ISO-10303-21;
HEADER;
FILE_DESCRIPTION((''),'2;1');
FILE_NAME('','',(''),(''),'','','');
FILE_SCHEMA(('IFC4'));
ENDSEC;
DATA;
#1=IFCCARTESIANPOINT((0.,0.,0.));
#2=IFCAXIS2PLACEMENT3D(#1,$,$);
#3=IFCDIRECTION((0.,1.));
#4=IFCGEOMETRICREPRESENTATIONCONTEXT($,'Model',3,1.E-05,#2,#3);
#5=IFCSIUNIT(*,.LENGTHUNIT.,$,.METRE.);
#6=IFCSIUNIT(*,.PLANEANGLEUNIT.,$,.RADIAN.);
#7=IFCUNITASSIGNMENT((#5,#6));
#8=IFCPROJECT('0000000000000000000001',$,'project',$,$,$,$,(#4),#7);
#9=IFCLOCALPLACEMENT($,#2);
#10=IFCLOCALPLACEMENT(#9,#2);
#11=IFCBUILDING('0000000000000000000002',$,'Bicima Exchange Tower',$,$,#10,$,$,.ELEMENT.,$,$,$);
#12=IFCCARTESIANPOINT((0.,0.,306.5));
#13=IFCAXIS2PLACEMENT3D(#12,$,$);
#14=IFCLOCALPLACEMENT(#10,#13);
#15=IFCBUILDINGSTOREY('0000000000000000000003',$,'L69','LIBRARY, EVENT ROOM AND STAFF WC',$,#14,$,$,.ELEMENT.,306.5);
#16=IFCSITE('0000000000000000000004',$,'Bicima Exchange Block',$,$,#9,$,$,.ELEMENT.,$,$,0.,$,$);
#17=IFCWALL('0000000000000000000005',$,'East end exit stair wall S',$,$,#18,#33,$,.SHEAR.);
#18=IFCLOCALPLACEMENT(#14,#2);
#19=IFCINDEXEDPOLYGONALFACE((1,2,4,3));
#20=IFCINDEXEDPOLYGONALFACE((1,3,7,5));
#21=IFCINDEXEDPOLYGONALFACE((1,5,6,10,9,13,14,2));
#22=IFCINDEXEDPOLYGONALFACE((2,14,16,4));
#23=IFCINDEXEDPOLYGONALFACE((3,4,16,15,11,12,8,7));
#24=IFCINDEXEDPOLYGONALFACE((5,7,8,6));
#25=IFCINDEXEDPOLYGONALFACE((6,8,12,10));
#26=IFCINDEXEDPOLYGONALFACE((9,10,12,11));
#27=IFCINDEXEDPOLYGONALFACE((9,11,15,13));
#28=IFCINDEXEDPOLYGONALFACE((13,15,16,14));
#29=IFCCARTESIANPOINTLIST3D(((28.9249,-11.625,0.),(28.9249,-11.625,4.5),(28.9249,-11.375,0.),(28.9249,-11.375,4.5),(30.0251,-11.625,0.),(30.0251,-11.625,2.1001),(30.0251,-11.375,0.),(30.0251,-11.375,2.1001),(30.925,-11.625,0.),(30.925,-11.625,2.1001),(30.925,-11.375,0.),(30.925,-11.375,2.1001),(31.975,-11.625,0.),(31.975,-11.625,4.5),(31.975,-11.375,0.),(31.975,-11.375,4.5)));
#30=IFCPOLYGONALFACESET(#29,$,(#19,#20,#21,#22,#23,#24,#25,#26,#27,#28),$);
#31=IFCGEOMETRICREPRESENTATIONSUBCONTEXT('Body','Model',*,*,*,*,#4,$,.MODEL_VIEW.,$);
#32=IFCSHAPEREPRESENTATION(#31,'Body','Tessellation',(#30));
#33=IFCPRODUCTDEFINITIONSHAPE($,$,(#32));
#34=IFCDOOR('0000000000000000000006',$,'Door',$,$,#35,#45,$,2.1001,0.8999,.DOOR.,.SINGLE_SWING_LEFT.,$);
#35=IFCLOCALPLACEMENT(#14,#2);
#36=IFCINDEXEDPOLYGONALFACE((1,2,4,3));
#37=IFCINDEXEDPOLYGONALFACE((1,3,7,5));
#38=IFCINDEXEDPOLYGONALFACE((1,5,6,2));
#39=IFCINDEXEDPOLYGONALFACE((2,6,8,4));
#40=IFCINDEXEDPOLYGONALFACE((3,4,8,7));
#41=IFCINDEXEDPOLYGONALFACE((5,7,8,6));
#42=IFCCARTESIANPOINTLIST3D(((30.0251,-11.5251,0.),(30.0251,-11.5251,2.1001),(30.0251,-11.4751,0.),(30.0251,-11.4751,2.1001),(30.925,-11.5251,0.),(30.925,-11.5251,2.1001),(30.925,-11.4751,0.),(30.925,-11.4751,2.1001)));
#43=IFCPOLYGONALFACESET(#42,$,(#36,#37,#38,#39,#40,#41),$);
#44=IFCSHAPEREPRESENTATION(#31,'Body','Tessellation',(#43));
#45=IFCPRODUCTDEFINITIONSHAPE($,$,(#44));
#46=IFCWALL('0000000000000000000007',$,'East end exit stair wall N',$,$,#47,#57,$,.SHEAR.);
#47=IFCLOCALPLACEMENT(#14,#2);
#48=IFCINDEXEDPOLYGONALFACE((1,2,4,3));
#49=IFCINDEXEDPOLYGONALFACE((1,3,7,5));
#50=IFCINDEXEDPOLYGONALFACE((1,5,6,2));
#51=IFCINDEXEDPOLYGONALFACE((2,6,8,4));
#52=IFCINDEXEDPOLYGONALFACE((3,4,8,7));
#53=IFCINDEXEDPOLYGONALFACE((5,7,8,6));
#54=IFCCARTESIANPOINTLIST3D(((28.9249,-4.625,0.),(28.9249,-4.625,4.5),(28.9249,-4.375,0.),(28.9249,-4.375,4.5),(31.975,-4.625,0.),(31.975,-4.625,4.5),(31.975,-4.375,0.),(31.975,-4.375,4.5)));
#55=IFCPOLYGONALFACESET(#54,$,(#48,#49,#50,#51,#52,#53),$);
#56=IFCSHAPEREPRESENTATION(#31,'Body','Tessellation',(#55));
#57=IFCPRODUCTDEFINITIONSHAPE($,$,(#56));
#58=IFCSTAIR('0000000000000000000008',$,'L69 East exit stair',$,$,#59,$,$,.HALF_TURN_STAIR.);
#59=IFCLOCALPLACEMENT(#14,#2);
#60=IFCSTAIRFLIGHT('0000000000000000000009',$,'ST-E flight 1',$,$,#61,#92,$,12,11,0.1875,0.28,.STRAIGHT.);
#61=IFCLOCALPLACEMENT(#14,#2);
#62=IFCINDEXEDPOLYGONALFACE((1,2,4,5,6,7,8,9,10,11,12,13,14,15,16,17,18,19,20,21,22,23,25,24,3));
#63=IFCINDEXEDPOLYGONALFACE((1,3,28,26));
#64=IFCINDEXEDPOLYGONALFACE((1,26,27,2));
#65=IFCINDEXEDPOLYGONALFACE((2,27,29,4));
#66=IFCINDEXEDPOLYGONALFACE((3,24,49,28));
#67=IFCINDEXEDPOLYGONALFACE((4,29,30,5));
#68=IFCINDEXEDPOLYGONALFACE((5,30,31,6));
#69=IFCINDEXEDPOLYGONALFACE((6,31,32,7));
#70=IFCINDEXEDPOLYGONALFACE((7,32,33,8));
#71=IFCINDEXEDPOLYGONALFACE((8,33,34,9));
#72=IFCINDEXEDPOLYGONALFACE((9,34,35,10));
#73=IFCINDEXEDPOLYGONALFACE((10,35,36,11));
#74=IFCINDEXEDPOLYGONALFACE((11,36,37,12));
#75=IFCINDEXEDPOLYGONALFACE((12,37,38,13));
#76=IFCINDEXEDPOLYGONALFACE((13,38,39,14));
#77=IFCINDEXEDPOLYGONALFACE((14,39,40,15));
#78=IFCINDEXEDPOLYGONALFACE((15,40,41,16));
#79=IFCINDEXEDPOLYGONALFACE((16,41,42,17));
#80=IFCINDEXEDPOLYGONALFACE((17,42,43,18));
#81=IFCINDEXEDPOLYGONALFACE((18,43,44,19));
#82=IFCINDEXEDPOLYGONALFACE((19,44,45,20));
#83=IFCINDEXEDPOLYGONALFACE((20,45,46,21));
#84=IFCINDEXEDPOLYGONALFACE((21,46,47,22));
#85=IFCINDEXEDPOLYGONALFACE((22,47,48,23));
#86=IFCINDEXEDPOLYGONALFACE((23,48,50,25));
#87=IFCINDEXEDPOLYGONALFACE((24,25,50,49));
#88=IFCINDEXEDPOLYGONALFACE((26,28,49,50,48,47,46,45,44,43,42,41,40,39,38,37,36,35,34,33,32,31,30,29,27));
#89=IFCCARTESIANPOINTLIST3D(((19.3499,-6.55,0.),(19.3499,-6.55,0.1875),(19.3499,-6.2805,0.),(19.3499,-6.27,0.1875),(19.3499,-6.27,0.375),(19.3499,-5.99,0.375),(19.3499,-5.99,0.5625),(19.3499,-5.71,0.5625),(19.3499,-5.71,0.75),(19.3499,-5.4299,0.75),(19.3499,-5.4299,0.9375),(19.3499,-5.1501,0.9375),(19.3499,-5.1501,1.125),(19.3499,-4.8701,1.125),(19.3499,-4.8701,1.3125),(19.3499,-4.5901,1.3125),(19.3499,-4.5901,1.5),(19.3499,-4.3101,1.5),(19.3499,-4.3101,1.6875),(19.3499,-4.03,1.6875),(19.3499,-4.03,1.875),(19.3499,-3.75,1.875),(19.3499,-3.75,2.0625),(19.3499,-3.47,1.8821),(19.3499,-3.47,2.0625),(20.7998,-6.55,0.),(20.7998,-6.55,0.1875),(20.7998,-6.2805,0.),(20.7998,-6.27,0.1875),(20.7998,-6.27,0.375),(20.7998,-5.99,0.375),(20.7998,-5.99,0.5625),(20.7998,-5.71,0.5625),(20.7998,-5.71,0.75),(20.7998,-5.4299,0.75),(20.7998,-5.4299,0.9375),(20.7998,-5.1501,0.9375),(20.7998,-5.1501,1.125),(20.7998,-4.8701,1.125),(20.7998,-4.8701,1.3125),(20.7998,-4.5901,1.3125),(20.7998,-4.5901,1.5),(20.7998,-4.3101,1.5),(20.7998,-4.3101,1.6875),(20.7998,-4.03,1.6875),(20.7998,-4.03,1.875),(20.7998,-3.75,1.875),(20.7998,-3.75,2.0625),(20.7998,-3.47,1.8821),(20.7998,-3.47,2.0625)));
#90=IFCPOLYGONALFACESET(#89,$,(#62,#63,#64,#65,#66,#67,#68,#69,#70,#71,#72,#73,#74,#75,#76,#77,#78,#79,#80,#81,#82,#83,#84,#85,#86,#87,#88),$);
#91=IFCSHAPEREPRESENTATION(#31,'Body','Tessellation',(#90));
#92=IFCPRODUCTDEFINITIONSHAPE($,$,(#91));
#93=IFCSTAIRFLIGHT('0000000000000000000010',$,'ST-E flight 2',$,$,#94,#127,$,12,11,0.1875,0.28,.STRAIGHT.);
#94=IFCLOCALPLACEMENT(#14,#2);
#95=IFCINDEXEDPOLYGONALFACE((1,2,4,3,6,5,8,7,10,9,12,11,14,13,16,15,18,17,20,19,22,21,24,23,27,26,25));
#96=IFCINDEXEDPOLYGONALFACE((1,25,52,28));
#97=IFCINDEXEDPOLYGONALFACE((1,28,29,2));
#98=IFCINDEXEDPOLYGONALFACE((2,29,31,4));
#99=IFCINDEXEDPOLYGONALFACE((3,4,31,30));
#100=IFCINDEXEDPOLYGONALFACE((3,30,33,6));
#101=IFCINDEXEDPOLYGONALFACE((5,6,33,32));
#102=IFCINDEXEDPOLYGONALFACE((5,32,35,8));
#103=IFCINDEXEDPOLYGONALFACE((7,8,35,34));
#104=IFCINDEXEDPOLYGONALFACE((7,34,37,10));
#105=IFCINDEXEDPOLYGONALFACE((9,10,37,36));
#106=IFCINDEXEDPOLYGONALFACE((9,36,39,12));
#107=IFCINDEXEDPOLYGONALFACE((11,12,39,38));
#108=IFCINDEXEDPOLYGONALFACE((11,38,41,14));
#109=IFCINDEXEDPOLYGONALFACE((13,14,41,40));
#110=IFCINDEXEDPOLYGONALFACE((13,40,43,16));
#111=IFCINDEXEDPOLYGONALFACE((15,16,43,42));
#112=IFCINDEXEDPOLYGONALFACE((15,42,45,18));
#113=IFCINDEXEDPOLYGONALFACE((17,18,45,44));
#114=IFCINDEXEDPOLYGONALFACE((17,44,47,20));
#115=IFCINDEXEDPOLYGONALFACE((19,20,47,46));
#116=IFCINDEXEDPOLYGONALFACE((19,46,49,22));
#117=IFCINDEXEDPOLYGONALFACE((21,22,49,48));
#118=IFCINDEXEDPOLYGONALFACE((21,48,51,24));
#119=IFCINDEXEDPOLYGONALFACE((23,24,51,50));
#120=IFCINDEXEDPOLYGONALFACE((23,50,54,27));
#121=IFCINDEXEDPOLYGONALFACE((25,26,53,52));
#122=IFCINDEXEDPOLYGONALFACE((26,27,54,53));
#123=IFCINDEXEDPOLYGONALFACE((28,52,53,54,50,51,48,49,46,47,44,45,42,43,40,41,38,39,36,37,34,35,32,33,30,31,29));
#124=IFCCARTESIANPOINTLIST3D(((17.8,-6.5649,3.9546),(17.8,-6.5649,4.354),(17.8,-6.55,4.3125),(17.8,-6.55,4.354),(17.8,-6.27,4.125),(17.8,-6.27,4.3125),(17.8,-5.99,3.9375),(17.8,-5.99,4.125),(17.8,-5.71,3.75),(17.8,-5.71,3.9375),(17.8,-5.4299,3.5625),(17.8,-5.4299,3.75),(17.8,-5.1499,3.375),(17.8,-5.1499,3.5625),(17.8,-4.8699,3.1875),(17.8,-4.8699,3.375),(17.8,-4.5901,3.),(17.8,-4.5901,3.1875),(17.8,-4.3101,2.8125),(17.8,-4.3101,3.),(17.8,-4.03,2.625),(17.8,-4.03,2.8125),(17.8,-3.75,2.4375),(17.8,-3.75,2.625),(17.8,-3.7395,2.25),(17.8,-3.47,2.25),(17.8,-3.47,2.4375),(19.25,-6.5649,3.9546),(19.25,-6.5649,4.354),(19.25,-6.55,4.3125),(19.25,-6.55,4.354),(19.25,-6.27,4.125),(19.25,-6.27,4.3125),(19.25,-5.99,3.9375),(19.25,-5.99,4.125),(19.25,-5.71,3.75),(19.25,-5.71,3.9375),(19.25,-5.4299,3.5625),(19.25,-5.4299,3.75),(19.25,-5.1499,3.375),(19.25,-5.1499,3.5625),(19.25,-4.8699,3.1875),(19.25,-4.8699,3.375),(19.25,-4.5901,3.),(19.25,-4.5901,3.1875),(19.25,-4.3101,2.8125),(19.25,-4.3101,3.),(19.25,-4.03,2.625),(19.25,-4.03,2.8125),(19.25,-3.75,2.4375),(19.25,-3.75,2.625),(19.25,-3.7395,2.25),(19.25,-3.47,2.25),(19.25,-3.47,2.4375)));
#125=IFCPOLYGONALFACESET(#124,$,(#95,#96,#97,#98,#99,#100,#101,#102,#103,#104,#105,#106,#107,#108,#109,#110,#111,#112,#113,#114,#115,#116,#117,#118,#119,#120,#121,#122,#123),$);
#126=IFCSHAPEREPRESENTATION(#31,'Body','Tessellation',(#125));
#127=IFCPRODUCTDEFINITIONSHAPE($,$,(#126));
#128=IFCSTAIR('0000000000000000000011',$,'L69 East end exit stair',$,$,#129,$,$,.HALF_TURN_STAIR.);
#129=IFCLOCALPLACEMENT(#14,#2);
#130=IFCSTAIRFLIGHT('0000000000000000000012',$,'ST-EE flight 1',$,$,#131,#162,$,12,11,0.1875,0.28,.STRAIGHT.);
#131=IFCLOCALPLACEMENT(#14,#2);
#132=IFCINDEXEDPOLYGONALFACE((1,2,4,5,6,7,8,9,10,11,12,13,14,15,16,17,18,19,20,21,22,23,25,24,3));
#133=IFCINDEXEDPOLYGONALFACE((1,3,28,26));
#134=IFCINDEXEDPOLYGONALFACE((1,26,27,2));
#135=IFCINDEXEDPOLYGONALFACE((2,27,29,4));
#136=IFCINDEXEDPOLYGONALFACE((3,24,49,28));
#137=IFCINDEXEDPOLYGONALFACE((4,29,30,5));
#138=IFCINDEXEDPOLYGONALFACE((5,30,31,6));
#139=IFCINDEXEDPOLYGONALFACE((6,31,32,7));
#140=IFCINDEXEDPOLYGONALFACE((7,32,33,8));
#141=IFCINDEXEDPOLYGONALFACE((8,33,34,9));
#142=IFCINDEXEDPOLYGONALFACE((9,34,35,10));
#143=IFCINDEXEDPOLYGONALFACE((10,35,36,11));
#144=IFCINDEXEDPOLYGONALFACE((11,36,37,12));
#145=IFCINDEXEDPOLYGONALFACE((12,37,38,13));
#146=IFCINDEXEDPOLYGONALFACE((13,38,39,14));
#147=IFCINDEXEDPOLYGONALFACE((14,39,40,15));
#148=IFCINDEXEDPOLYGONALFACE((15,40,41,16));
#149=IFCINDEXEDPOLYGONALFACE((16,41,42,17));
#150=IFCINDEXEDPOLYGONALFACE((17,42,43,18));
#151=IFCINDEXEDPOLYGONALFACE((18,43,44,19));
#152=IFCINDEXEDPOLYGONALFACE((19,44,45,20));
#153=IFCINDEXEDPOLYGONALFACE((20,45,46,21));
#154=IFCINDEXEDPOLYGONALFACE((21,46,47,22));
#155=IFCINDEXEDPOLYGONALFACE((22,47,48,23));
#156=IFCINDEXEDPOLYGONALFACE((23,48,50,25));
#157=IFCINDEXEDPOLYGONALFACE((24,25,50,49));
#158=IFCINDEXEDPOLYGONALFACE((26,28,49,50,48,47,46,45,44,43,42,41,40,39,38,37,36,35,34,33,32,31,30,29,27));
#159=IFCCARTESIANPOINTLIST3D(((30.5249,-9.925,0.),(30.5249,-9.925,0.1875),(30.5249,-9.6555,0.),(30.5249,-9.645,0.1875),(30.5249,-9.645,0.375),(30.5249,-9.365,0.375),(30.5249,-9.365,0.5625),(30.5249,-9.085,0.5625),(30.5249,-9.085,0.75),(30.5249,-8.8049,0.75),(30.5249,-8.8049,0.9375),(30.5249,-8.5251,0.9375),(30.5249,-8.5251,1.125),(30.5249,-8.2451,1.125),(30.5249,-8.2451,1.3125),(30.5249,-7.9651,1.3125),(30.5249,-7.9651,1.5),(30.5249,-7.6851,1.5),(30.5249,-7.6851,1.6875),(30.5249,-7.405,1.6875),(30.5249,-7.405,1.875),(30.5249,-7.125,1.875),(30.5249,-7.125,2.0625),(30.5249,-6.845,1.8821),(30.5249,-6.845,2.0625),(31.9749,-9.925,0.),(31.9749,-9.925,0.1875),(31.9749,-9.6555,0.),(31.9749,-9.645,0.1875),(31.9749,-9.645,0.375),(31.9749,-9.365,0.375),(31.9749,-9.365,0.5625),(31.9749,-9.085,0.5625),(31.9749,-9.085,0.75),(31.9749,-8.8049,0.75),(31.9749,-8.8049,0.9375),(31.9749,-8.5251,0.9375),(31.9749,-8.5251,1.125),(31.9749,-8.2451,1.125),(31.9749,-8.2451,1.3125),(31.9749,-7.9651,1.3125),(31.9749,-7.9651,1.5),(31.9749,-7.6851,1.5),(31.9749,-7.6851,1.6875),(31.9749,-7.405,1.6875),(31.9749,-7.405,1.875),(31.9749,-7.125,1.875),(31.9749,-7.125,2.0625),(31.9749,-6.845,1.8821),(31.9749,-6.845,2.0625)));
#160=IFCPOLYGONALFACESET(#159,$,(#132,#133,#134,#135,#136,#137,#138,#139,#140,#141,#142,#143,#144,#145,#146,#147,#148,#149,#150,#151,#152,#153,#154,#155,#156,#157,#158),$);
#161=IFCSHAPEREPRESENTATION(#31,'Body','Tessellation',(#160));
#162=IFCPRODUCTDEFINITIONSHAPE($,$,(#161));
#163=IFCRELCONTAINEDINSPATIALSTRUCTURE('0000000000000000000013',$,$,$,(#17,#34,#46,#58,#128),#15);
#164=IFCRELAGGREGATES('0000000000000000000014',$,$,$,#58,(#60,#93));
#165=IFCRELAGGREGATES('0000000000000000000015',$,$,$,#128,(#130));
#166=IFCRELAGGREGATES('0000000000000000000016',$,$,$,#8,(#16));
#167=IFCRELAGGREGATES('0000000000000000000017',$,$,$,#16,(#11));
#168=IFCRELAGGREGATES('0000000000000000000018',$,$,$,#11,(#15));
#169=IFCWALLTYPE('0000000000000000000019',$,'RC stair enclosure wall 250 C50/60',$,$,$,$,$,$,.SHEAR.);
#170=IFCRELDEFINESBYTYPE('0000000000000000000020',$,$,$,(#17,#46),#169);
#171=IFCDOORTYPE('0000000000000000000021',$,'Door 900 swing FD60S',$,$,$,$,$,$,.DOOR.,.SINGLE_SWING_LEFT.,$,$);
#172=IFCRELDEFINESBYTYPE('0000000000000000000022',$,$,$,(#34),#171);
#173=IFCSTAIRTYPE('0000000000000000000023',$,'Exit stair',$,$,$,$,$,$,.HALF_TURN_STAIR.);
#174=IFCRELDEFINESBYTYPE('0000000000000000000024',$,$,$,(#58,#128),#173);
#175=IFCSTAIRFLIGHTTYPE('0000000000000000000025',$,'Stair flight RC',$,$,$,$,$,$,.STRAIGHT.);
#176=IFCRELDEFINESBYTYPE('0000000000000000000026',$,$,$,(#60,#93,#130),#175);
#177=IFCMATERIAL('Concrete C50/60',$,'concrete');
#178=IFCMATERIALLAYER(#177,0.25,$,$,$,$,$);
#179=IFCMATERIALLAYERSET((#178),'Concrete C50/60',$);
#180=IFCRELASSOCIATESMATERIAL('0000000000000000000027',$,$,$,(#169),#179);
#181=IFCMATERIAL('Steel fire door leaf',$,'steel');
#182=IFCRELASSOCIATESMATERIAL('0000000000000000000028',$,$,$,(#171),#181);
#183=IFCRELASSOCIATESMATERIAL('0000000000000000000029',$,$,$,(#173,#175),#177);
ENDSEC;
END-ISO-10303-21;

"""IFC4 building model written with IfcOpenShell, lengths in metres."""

from ifc_helpers import new_model, si_unit, direction, frame, frame_2d, origin, place, context, subcontext, project, spatial, polyline, rectangle, outline, extrude, material, layer, layer_set, type_object, element, fill, aggregate, save


model = new_model("IFC4")

# Units and contexts
model_context = context("Model", 3, precision=1e-05, world=origin(), true_north=direction((0.0, 1.0)))
body_context = subcontext(model_context, "Body", "Model", "MODEL_VIEW")
ifc_project = project(units=[si_unit("LENGTHUNIT", "METRE"), si_unit("PLANEANGLEUNIT", "RADIAN")], contexts=[model_context])

# Site, building, storey
site_placement = place(None, origin())
site = spatial("IfcSite", under=ifc_project, at=site_placement, Name="Bicima Exchange Block", CompositionType="ELEMENT", RefElevation=0.0)
building_placement = place(site_placement, origin())
building = spatial("IfcBuilding", under=site, at=building_placement, Name="Bicima Exchange Tower", CompositionType="ELEMENT")
storey_placement = place(building_placement, frame((0.0, 0.0, 306.5)))
storey = spatial("IfcBuildingStorey", under=building, at=storey_placement, Name="L69", Description="LIBRARY, EVENT ROOM AND STAFF WC", CompositionType="ELEMENT", Elevation=306.5)

# Shared definitions
ifc_material_1 = material(Name="Concrete C50/60", Category="concrete")
ifc_layer_1 = layer(ifc_material_1, 0.25)
ifc_layer_set_1 = layer_set([ifc_layer_1], Name="Concrete C50/60")
wall_type_1 = type_object("IfcWallType", Name="RC stair enclosure wall 250 C50/60", PredefinedType="SHEAR", material=ifc_layer_set_1)

# Wall, opening, door
wall_1_placement = place(storey_placement, frame((28.925, -11.5, 0.0), z_axis=(0.0, 0.0, 1.0), x_axis=(1.0, 0.0, 0.0)))
wall_1 = element("IfcWall", 1, at=wall_1_placement, inside=storey, type_object=wall_type_1, Name="East end exit stair wall S", PredefinedType="SHEAR", context=body_context, shape_type="SweptSolid", body=[
    extrude(rectangle(XDim=3.05, YDim=0.25, at=frame_2d((1.5249, 0.0))), origin(), (0.0, 0.0, 1.0), 4.5),
])
opening_placement = place(wall_1_placement, frame((1.1001, 0.0, 0.0)))
opening = element("IfcOpeningElement", 2, at=opening_placement, cuts=wall_1, PredefinedType="OPENING", context=body_context, shape_type="SweptSolid", body=[
    extrude(rectangle(XDim=0.8999, YDim=2.1001, at=frame_2d((0.45, 1.05))), frame((0.0, 0.137, 0.0), z_axis=(0.0, -1.0, 0.0), x_axis=(1.0, 0.0, 0.0)), (0.0, 0.0, 1.0), 0.2739),
])
ifc_material_2 = material(Name="Steel fire door leaf", Category="steel")
door_type = type_object("IfcDoorType", Name="Door 900 swing FD60S", OperationType="SINGLE_SWING_LEFT", PredefinedType="DOOR", material=ifc_material_2)
door_placement = place(opening_placement, origin())
door = element("IfcDoor", 3, at=door_placement, inside=storey, type_object=door_type, Name="Door", OperationType="SINGLE_SWING_LEFT", OverallHeight=2.1001, OverallWidth=0.8999, PredefinedType="DOOR", context=body_context, shape_type="SweptSolid", body=[
    extrude(rectangle(XDim=0.8999, YDim=2.1001, at=frame_2d((0.45, 1.05))), frame((0.0, 0.0249, 0.0), z_axis=(0.0, -1.0, 0.0), x_axis=(1.0, 0.0, 0.0)), (0.0, 0.0, 1.0), 0.05),
])
fill(opening, door)

# Wall
wall_2_placement = place(storey_placement, frame((28.925, -4.5, 0.0), z_axis=(0.0, 0.0, 1.0), x_axis=(1.0, 0.0, 0.0)))
element("IfcWall", 4, at=wall_2_placement, inside=storey, type_object=wall_type_1, Name="East end exit stair wall N", PredefinedType="SHEAR", context=body_context, shape_type="SweptSolid", body=[
    extrude(rectangle(XDim=3.05, YDim=0.25, at=frame_2d((1.5249, 0.0))), origin(), (0.0, 0.0, 1.0), 4.5),
])

# Stairs, stair flights
stair_type = type_object("IfcStairType", Name="Exit stair", PredefinedType="HALF_TURN_STAIR", material=ifc_material_1)
stair_1_placement = place(storey_placement, origin())
stair_1 = element("IfcStair", 5, at=stair_1_placement, inside=storey, type_object=stair_type, Name="L69 East exit stair", PredefinedType="HALF_TURN_STAIR")
stair_flight_type = type_object("IfcStairFlightType", Name="Stair flight RC", PredefinedType="STRAIGHT", material=ifc_material_1)
stair_flight_1_placement = place(storey_placement, frame((20.075, -6.55, 0.0), z_axis=(0.0, 0.0, 1.0), x_axis=(0.0, 1.0, 0.0)))
stair_flight_1 = element("IfcStairFlight", 6, at=stair_flight_1_placement, type_object=stair_flight_type, Name="ST-E flight 1", NumberOfRisers=12, NumberOfTreads=11, PredefinedType="STRAIGHT", RiserHeight=0.1875, TreadLength=0.28, context=body_context, shape_type="SweptSolid", body=[
    extrude(outline(polyline([(0.0, 0.0), (0.0, 0.1875), (0.28, 0.1875), (0.28, 0.375), (0.5601, 0.375), (0.5601, 0.5625), (0.8401, 0.5625), (0.8401, 0.75), (1.1201, 0.75), (1.1201, 0.9375), (1.3999, 0.9375), (1.3999, 1.125), (1.6799, 1.125), (1.6799, 1.3125), (1.96, 1.3125), (1.96, 1.5), (2.24, 1.5), (2.24, 1.6875), (2.52, 1.6875), (2.52, 1.875), (2.8, 1.875), (2.8, 2.0625), (3.0801, 2.0625), (3.0801, 2.25), (3.0801, 1.8821), (0.2695, 0.0), (0.0, 0.0)])), frame((0.0, 0.7251, 0.0), z_axis=(0.0, -1.0, 0.0), x_axis=(1.0, 0.0, 0.0)), (0.0, 0.0, 1.0), 1.45),
])
stair_flight_2_placement = place(storey_placement, frame((18.5249, -3.47, 2.25), z_axis=(0.0, 0.0, 1.0), x_axis=(0.0, -1.0, 0.0)))
stair_flight_2 = element("IfcStairFlight", 7, at=stair_flight_2_placement, type_object=stair_flight_type, Name="ST-E flight 2", NumberOfRisers=12, NumberOfTreads=11, PredefinedType="STRAIGHT", RiserHeight=0.1875, TreadLength=0.28, context=body_context, shape_type="SweptSolid", body=[
    extrude(outline(polyline([(0.0, 0.0), (0.0, 0.1875), (0.28, 0.1875), (0.28, 0.375), (0.5601, 0.375), (0.5601, 0.5625), (0.8401, 0.5625), (0.8401, 0.75), (1.1201, 0.75), (1.1201, 0.9375), (1.3999, 0.9375), (1.3999, 1.125), (1.6799, 1.125), (1.6799, 1.3125), (1.96, 1.3125), (1.96, 1.5), (2.24, 1.5), (2.24, 1.6875), (2.52, 1.6875), (2.52, 1.875), (2.8, 1.875), (2.8, 2.0625), (3.0801, 2.0625), (3.0801, 2.104), (3.095, 2.104), (3.095, 1.7046), (0.2695, 0.0), (0.0, 0.0)])), frame((0.0, 0.7251, 0.0), z_axis=(0.0, -1.0, 0.0), x_axis=(1.0, 0.0, 0.0)), (0.0, 0.0, 1.0), 1.45),
])
aggregate(stair_1, [stair_flight_1, stair_flight_2])
stair_2_placement = place(storey_placement, origin())
stair_2 = element("IfcStair", 8, at=stair_2_placement, inside=storey, type_object=stair_type, Name="L69 East end exit stair", PredefinedType="HALF_TURN_STAIR")
stair_flight_3_placement = place(storey_placement, frame((31.25, -9.925, 0.0), z_axis=(0.0, 0.0, 1.0), x_axis=(0.0, 1.0, 0.0)))
stair_flight_3 = element("IfcStairFlight", 9, at=stair_flight_3_placement, type_object=stair_flight_type, Name="ST-EE flight 1", NumberOfRisers=12, NumberOfTreads=11, PredefinedType="STRAIGHT", RiserHeight=0.1875, TreadLength=0.28, context=body_context, shape_type="SweptSolid", body=[
    extrude(outline(polyline([(0.0, 0.0), (0.0, 0.1875), (0.28, 0.1875), (0.28, 0.375), (0.5601, 0.375), (0.5601, 0.5625), (0.8401, 0.5625), (0.8401, 0.75), (1.1201, 0.75), (1.1201, 0.9375), (1.3999, 0.9375), (1.3999, 1.125), (1.6799, 1.125), (1.6799, 1.3125), (1.96, 1.3125), (1.96, 1.5), (2.24, 1.5), (2.24, 1.6875), (2.52, 1.6875), (2.52, 1.875), (2.8, 1.875), (2.8, 2.0625), (3.0801, 2.0625), (3.0801, 2.25), (3.0801, 1.8821), (0.2695, 0.0), (0.0, 0.0)])), frame((0.0, 0.7251, 0.0), z_axis=(0.0, -1.0, 0.0), x_axis=(1.0, 0.0, 0.0)), (0.0, 0.0, 1.0), 1.45),
])
aggregate(stair_2, [stair_flight_3])

save(model, "model.ifc")
